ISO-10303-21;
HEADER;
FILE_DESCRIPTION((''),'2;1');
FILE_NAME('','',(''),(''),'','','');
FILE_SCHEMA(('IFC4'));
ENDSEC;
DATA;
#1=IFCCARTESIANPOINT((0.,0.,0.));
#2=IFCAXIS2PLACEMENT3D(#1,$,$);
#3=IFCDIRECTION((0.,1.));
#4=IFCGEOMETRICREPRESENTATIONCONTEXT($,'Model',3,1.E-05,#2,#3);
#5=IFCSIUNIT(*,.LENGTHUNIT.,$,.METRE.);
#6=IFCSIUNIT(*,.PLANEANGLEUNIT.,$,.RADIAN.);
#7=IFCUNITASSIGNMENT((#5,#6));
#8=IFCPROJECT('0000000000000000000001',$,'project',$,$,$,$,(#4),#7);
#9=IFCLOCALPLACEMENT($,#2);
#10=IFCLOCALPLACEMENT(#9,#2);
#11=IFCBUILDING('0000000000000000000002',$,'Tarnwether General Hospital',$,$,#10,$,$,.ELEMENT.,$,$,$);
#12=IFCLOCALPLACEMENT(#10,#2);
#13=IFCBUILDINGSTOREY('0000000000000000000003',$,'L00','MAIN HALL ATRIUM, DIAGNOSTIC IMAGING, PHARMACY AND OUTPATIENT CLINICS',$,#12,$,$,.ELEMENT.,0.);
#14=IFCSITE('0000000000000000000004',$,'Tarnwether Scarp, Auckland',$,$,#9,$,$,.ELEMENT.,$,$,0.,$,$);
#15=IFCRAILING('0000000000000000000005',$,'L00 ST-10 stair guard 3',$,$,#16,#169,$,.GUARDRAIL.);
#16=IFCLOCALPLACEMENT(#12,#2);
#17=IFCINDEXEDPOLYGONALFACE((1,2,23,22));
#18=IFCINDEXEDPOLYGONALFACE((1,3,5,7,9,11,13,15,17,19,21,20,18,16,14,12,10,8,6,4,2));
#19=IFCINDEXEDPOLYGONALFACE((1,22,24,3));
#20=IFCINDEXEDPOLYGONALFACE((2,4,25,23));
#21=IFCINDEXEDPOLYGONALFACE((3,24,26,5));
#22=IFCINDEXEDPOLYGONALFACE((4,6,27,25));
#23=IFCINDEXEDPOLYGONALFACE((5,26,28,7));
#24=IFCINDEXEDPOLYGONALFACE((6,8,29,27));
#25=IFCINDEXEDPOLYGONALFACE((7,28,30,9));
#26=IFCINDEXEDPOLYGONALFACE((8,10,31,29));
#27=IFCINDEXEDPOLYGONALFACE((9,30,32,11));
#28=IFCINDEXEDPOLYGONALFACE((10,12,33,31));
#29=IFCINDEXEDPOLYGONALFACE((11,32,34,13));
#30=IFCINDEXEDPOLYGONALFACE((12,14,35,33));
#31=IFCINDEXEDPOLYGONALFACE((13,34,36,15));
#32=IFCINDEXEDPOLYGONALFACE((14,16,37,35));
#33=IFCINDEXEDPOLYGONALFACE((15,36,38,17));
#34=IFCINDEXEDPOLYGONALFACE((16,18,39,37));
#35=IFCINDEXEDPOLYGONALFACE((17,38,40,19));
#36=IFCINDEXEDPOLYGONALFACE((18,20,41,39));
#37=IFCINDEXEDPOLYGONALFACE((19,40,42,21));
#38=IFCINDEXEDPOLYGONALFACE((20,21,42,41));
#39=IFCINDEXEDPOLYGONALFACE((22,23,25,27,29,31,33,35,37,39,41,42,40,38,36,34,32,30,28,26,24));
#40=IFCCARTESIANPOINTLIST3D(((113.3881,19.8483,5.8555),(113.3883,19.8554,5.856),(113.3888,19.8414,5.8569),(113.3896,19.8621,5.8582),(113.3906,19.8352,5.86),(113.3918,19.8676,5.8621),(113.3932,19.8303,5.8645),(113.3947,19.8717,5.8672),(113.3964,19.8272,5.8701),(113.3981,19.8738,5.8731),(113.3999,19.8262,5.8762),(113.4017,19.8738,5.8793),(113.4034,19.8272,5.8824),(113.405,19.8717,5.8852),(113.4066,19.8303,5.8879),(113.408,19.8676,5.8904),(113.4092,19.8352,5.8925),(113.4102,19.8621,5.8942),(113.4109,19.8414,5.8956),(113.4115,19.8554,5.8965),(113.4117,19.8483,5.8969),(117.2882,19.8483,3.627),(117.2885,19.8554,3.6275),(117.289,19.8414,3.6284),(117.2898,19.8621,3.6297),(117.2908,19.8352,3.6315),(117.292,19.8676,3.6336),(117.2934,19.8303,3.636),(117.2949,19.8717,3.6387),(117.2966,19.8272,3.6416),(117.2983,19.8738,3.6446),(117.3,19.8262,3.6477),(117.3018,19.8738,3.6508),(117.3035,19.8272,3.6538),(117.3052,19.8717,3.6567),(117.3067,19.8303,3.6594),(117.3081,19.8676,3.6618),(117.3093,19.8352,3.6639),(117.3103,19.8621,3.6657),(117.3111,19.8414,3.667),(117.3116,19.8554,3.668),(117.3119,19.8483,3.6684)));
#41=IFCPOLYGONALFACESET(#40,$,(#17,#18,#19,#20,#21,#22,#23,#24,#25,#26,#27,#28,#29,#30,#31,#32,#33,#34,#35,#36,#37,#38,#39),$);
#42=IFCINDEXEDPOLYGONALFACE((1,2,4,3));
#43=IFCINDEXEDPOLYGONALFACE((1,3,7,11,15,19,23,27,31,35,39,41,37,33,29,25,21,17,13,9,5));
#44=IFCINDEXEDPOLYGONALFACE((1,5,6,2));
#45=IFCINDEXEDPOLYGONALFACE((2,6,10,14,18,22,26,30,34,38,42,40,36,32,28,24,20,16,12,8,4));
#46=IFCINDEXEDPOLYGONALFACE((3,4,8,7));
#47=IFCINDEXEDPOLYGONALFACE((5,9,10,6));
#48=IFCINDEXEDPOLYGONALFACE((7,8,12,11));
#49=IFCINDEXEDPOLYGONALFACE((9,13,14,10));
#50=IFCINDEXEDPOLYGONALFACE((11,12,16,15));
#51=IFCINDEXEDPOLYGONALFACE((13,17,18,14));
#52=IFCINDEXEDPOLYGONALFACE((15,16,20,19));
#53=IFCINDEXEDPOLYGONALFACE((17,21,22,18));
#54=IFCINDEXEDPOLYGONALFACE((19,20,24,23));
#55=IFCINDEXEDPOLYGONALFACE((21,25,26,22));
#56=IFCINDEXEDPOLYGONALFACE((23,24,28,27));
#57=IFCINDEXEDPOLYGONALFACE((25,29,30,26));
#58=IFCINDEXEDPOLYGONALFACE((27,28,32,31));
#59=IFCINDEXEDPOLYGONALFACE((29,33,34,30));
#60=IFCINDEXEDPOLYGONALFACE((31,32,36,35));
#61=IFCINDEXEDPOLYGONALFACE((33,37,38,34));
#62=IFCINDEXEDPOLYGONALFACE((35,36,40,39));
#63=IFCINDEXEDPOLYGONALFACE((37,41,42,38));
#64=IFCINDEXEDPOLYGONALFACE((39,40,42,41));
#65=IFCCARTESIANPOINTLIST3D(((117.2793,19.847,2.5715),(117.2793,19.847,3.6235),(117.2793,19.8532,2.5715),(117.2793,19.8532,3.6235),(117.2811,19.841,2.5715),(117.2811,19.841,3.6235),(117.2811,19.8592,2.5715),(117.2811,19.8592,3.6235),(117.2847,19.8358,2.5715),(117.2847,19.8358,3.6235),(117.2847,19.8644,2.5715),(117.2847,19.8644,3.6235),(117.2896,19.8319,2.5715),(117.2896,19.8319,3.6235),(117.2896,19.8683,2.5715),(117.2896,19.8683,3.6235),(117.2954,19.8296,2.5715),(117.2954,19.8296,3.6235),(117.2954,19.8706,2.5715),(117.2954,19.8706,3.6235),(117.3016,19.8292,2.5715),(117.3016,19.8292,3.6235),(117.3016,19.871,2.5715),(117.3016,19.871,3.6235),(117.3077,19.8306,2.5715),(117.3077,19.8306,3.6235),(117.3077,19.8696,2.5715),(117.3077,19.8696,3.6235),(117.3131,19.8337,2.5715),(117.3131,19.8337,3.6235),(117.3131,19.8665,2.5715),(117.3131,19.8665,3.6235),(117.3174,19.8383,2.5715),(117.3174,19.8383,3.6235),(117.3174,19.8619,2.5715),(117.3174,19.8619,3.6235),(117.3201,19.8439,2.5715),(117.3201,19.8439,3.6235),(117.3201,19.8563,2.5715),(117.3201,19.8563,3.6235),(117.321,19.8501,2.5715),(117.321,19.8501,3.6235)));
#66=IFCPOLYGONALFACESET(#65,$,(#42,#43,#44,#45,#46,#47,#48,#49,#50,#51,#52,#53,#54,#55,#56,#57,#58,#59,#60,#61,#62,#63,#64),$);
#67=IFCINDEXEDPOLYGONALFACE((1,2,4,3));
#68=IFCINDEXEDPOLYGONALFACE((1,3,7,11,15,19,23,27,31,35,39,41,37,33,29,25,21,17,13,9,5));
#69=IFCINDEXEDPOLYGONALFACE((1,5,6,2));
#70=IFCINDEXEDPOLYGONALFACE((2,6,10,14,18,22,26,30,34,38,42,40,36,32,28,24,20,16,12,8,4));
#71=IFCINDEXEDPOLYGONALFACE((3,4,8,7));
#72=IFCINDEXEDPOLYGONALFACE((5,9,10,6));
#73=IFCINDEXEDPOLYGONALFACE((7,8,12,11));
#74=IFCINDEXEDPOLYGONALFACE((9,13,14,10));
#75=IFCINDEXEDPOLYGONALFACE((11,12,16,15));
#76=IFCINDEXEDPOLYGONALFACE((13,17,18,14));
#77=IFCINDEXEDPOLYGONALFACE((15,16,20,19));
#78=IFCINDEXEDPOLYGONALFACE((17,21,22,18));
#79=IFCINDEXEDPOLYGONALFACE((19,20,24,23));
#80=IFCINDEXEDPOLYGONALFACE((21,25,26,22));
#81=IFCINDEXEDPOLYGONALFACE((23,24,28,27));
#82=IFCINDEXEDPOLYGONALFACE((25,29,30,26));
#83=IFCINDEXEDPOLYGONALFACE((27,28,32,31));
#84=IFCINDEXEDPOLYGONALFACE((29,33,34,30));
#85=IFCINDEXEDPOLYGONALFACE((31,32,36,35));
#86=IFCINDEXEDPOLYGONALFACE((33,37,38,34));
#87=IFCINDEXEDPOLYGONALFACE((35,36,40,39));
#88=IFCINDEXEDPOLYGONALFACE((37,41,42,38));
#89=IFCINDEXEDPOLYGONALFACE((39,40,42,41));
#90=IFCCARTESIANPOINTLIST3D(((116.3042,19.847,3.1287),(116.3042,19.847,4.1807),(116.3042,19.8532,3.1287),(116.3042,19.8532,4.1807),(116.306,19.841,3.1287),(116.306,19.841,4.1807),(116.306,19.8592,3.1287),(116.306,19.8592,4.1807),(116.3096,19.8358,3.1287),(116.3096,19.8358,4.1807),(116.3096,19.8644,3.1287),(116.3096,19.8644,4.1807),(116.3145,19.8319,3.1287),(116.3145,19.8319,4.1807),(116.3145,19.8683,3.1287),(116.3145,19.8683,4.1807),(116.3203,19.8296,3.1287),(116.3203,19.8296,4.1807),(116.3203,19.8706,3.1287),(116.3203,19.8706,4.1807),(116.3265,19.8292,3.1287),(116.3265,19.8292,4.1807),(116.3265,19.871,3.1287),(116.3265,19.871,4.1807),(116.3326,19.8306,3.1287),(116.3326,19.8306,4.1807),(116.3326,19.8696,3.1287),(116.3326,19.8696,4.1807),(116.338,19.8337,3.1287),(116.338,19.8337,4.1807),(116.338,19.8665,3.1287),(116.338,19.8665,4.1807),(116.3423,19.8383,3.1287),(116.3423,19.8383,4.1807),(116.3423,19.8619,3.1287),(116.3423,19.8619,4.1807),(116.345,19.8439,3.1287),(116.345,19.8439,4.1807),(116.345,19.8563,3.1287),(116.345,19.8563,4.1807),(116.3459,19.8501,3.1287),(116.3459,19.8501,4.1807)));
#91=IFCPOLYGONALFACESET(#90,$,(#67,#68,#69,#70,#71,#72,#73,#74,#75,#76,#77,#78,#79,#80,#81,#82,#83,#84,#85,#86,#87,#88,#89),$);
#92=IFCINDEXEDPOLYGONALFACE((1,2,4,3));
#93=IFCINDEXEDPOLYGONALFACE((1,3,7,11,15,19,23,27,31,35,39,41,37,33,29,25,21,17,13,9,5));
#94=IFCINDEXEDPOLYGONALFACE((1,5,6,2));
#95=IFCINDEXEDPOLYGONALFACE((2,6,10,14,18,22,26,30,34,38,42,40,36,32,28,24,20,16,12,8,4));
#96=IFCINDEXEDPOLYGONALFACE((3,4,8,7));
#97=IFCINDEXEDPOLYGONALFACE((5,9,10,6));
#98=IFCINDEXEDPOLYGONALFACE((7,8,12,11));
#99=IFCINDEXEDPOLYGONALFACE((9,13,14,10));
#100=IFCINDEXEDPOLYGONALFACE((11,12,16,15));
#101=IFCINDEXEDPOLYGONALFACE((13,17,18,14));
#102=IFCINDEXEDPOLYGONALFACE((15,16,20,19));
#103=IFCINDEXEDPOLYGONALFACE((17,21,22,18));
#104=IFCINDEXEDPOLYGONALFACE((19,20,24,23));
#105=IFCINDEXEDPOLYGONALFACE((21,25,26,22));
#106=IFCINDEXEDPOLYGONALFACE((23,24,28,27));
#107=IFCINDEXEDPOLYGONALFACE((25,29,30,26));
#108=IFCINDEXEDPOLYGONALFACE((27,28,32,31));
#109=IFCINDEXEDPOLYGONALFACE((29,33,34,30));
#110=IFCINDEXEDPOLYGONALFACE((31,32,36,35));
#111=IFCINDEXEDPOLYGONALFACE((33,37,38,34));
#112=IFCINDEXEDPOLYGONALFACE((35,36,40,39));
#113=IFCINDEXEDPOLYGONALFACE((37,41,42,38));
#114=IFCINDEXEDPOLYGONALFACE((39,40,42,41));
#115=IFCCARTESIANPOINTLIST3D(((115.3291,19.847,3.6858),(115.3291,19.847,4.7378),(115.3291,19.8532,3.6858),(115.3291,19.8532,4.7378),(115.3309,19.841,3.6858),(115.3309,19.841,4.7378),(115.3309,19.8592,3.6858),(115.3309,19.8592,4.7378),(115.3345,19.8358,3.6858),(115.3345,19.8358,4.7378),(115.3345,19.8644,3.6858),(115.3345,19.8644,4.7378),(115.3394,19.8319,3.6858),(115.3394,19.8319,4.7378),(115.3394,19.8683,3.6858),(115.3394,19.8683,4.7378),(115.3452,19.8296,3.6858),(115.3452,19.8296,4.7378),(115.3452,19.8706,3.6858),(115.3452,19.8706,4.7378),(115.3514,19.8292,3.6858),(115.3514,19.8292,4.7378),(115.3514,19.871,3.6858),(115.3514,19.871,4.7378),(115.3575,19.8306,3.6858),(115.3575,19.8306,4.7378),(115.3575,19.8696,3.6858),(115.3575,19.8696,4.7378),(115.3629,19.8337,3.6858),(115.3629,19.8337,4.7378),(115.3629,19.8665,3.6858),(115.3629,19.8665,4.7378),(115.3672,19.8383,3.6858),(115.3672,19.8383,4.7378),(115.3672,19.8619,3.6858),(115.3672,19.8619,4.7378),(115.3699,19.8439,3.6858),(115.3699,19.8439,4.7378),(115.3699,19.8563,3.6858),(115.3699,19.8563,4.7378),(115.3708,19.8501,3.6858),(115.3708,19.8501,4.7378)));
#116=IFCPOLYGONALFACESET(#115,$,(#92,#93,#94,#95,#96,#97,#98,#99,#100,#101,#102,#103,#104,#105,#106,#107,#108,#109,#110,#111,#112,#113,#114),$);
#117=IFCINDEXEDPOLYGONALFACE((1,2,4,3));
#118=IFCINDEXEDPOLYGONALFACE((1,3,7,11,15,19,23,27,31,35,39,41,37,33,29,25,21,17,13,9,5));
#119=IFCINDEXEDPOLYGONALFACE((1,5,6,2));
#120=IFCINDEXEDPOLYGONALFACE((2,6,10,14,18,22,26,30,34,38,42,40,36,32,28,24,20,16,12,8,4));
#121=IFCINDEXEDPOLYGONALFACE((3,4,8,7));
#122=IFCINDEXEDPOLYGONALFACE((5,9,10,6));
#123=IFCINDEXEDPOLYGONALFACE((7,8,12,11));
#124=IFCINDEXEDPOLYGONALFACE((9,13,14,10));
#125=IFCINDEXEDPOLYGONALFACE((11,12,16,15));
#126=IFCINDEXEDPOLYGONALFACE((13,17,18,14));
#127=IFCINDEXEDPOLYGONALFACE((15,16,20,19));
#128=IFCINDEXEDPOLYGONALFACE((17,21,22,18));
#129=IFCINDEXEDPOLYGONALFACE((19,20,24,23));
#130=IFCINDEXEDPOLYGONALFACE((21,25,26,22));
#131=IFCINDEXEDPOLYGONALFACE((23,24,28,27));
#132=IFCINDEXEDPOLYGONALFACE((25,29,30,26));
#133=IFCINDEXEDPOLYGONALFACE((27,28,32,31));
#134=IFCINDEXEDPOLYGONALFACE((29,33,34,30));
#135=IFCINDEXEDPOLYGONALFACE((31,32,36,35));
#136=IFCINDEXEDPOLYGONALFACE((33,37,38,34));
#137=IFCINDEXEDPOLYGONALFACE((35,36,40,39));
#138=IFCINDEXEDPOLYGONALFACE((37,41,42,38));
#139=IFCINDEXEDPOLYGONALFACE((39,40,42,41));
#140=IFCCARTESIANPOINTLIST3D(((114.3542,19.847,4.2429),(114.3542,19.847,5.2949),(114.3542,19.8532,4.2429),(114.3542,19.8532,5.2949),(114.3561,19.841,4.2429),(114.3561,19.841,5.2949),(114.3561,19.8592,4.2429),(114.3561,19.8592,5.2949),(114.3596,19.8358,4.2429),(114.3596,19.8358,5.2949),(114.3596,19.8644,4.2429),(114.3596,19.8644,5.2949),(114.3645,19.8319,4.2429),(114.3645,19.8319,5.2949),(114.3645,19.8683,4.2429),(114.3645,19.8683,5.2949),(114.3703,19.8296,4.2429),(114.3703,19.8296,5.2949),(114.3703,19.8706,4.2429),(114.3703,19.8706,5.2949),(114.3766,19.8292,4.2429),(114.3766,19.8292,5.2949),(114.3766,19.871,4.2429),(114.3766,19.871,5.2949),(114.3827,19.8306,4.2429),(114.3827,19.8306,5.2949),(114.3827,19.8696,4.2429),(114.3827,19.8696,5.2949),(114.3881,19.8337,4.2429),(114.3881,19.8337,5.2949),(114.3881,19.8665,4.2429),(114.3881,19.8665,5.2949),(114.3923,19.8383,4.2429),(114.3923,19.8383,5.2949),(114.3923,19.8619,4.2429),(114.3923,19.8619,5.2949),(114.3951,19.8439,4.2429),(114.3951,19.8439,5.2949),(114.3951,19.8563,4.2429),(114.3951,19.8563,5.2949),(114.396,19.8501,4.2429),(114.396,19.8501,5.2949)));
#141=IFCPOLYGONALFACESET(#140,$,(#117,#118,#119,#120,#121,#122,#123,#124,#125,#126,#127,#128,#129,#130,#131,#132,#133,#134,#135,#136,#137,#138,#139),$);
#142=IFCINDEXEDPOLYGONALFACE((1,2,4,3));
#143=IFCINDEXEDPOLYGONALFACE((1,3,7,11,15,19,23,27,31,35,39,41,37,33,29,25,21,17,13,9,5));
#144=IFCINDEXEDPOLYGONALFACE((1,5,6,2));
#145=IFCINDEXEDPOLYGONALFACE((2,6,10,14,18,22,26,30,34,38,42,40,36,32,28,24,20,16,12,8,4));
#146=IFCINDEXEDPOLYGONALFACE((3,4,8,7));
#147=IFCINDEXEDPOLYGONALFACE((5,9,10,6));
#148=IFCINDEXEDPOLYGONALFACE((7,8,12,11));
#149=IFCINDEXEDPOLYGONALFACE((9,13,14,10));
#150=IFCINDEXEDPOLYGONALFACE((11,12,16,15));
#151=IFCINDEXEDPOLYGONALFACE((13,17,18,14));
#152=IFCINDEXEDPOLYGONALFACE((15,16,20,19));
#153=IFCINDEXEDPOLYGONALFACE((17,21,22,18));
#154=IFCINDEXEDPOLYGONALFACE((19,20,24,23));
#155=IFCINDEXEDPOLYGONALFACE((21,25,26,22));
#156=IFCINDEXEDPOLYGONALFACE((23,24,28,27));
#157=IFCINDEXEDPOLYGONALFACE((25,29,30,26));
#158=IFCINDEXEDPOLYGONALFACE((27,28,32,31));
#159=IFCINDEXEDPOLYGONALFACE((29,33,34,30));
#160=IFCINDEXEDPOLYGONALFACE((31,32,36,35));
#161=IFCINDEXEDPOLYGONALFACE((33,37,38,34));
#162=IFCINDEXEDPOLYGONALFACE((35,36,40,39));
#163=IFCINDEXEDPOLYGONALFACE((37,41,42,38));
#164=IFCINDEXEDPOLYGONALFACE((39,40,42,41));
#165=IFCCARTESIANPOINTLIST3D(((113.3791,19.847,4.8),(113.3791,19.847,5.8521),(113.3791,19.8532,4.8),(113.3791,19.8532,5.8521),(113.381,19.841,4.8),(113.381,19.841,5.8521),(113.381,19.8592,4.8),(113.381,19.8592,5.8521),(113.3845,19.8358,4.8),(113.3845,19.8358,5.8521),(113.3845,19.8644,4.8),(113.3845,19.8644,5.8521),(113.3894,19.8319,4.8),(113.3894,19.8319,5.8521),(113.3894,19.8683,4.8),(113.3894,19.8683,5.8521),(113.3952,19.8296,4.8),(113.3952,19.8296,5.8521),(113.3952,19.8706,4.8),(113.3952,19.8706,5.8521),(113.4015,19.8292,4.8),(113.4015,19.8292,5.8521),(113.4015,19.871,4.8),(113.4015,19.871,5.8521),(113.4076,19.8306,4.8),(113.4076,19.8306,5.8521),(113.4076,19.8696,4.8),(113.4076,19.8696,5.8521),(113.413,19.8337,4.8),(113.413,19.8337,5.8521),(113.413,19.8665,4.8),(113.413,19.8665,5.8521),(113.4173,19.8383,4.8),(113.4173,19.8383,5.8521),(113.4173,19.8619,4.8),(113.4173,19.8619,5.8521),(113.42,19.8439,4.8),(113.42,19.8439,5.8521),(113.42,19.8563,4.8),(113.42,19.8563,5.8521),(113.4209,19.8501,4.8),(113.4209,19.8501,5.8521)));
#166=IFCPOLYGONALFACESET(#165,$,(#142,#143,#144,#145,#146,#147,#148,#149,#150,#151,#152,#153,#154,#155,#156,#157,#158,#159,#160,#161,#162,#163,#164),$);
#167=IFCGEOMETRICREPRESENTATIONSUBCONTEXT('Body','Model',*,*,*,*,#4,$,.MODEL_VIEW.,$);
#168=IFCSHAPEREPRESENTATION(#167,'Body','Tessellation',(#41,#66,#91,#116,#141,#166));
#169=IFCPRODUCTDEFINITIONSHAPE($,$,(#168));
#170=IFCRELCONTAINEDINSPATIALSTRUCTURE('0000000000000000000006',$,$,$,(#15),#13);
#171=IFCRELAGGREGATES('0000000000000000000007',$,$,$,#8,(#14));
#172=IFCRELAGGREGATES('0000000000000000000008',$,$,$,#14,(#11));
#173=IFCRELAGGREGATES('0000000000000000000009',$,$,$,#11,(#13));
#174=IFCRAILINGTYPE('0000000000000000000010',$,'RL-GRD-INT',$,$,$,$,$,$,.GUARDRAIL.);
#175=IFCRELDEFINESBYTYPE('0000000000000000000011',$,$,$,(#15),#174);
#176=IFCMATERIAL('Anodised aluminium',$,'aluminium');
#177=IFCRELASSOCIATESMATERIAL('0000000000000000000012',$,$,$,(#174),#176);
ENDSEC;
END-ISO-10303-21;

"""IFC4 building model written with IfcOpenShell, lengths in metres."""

from ifc_helpers import new_model, si_unit, direction, frame, origin, origin_2d, place, context, subcontext, project, spatial, circle, extrude, material, type_object, element, save


model = new_model("IFC4")

# Units and contexts
model_context = context("Model", 3, precision=1e-05, world=origin(), true_north=direction((0.0, 1.0)))
body_context = subcontext(model_context, "Body", "Model", "MODEL_VIEW")
ifc_project = project(units=[si_unit("LENGTHUNIT", "METRE"), si_unit("PLANEANGLEUNIT", "RADIAN")], contexts=[model_context])

# Site, building, storey
site_placement = place(None, origin())
site = spatial("IfcSite", under=ifc_project, at=site_placement, Name="Tarnwether Scarp, Auckland", CompositionType="ELEMENT", RefElevation=0.0)
building_placement = place(site_placement, origin())
building = spatial("IfcBuilding", under=site, at=building_placement, Name="Tarnwether General Hospital", CompositionType="ELEMENT")
storey_placement = place(building_placement, origin())
storey = spatial("IfcBuildingStorey", under=building, at=storey_placement, Name="L00", Description="MAIN HALL ATRIUM, DIAGNOSTIC IMAGING, PHARMACY AND OUTPATIENT CLINICS", CompositionType="ELEMENT", Elevation=0.0)

# Railing
ifc_material_1 = material(Name="Anodised aluminium", Category="aluminium")
railing_type_1 = type_object("IfcRailingType", Name="RL-GRD-INT", PredefinedType="GUARDRAIL", material=ifc_material_1)
railing_1_placement = place(storey_placement, frame((117.3, 19.8501, 2.5715)))
element("IfcRailing", 1, at=railing_1_placement, inside=storey, type_object=railing_type_1, Name="L00 ST-10 stair guard 3", PredefinedType="GUARDRAIL", context=body_context, shape_type="SweptSolid", body=[
    extrude(circle(Radius=0.0239, at=origin_2d()), frame((0.0, 0.0, 1.0762), z_axis=(-0.868257, 0.0, 0.496116), x_axis=(0.0, -1.0, 0.0)), (0.0, 0.0, 1.0), 4.4919),
    extrude(circle(Radius=0.021, at=origin_2d()), origin(), (0.0, 0.0, 1.0), 1.052),
    extrude(circle(Radius=0.021, at=origin_2d()), frame((-0.9751, 0.0, 0.5571)), (0.0, 0.0, 1.0), 1.052),
    extrude(circle(Radius=0.021, at=origin_2d()), frame((-1.9502, 0.0, 1.1143)), (0.0, 0.0, 1.0), 1.052),
    extrude(circle(Radius=0.021, at=origin_2d()), frame((-2.925, 0.0, 1.6714)), (0.0, 0.0, 1.0), 1.052),
    extrude(circle(Radius=0.021, at=origin_2d()), frame((-3.9001, 0.0, 2.2285)), (0.0, 0.0, 1.0), 1.052),
])

save(model, "model.ifc")
